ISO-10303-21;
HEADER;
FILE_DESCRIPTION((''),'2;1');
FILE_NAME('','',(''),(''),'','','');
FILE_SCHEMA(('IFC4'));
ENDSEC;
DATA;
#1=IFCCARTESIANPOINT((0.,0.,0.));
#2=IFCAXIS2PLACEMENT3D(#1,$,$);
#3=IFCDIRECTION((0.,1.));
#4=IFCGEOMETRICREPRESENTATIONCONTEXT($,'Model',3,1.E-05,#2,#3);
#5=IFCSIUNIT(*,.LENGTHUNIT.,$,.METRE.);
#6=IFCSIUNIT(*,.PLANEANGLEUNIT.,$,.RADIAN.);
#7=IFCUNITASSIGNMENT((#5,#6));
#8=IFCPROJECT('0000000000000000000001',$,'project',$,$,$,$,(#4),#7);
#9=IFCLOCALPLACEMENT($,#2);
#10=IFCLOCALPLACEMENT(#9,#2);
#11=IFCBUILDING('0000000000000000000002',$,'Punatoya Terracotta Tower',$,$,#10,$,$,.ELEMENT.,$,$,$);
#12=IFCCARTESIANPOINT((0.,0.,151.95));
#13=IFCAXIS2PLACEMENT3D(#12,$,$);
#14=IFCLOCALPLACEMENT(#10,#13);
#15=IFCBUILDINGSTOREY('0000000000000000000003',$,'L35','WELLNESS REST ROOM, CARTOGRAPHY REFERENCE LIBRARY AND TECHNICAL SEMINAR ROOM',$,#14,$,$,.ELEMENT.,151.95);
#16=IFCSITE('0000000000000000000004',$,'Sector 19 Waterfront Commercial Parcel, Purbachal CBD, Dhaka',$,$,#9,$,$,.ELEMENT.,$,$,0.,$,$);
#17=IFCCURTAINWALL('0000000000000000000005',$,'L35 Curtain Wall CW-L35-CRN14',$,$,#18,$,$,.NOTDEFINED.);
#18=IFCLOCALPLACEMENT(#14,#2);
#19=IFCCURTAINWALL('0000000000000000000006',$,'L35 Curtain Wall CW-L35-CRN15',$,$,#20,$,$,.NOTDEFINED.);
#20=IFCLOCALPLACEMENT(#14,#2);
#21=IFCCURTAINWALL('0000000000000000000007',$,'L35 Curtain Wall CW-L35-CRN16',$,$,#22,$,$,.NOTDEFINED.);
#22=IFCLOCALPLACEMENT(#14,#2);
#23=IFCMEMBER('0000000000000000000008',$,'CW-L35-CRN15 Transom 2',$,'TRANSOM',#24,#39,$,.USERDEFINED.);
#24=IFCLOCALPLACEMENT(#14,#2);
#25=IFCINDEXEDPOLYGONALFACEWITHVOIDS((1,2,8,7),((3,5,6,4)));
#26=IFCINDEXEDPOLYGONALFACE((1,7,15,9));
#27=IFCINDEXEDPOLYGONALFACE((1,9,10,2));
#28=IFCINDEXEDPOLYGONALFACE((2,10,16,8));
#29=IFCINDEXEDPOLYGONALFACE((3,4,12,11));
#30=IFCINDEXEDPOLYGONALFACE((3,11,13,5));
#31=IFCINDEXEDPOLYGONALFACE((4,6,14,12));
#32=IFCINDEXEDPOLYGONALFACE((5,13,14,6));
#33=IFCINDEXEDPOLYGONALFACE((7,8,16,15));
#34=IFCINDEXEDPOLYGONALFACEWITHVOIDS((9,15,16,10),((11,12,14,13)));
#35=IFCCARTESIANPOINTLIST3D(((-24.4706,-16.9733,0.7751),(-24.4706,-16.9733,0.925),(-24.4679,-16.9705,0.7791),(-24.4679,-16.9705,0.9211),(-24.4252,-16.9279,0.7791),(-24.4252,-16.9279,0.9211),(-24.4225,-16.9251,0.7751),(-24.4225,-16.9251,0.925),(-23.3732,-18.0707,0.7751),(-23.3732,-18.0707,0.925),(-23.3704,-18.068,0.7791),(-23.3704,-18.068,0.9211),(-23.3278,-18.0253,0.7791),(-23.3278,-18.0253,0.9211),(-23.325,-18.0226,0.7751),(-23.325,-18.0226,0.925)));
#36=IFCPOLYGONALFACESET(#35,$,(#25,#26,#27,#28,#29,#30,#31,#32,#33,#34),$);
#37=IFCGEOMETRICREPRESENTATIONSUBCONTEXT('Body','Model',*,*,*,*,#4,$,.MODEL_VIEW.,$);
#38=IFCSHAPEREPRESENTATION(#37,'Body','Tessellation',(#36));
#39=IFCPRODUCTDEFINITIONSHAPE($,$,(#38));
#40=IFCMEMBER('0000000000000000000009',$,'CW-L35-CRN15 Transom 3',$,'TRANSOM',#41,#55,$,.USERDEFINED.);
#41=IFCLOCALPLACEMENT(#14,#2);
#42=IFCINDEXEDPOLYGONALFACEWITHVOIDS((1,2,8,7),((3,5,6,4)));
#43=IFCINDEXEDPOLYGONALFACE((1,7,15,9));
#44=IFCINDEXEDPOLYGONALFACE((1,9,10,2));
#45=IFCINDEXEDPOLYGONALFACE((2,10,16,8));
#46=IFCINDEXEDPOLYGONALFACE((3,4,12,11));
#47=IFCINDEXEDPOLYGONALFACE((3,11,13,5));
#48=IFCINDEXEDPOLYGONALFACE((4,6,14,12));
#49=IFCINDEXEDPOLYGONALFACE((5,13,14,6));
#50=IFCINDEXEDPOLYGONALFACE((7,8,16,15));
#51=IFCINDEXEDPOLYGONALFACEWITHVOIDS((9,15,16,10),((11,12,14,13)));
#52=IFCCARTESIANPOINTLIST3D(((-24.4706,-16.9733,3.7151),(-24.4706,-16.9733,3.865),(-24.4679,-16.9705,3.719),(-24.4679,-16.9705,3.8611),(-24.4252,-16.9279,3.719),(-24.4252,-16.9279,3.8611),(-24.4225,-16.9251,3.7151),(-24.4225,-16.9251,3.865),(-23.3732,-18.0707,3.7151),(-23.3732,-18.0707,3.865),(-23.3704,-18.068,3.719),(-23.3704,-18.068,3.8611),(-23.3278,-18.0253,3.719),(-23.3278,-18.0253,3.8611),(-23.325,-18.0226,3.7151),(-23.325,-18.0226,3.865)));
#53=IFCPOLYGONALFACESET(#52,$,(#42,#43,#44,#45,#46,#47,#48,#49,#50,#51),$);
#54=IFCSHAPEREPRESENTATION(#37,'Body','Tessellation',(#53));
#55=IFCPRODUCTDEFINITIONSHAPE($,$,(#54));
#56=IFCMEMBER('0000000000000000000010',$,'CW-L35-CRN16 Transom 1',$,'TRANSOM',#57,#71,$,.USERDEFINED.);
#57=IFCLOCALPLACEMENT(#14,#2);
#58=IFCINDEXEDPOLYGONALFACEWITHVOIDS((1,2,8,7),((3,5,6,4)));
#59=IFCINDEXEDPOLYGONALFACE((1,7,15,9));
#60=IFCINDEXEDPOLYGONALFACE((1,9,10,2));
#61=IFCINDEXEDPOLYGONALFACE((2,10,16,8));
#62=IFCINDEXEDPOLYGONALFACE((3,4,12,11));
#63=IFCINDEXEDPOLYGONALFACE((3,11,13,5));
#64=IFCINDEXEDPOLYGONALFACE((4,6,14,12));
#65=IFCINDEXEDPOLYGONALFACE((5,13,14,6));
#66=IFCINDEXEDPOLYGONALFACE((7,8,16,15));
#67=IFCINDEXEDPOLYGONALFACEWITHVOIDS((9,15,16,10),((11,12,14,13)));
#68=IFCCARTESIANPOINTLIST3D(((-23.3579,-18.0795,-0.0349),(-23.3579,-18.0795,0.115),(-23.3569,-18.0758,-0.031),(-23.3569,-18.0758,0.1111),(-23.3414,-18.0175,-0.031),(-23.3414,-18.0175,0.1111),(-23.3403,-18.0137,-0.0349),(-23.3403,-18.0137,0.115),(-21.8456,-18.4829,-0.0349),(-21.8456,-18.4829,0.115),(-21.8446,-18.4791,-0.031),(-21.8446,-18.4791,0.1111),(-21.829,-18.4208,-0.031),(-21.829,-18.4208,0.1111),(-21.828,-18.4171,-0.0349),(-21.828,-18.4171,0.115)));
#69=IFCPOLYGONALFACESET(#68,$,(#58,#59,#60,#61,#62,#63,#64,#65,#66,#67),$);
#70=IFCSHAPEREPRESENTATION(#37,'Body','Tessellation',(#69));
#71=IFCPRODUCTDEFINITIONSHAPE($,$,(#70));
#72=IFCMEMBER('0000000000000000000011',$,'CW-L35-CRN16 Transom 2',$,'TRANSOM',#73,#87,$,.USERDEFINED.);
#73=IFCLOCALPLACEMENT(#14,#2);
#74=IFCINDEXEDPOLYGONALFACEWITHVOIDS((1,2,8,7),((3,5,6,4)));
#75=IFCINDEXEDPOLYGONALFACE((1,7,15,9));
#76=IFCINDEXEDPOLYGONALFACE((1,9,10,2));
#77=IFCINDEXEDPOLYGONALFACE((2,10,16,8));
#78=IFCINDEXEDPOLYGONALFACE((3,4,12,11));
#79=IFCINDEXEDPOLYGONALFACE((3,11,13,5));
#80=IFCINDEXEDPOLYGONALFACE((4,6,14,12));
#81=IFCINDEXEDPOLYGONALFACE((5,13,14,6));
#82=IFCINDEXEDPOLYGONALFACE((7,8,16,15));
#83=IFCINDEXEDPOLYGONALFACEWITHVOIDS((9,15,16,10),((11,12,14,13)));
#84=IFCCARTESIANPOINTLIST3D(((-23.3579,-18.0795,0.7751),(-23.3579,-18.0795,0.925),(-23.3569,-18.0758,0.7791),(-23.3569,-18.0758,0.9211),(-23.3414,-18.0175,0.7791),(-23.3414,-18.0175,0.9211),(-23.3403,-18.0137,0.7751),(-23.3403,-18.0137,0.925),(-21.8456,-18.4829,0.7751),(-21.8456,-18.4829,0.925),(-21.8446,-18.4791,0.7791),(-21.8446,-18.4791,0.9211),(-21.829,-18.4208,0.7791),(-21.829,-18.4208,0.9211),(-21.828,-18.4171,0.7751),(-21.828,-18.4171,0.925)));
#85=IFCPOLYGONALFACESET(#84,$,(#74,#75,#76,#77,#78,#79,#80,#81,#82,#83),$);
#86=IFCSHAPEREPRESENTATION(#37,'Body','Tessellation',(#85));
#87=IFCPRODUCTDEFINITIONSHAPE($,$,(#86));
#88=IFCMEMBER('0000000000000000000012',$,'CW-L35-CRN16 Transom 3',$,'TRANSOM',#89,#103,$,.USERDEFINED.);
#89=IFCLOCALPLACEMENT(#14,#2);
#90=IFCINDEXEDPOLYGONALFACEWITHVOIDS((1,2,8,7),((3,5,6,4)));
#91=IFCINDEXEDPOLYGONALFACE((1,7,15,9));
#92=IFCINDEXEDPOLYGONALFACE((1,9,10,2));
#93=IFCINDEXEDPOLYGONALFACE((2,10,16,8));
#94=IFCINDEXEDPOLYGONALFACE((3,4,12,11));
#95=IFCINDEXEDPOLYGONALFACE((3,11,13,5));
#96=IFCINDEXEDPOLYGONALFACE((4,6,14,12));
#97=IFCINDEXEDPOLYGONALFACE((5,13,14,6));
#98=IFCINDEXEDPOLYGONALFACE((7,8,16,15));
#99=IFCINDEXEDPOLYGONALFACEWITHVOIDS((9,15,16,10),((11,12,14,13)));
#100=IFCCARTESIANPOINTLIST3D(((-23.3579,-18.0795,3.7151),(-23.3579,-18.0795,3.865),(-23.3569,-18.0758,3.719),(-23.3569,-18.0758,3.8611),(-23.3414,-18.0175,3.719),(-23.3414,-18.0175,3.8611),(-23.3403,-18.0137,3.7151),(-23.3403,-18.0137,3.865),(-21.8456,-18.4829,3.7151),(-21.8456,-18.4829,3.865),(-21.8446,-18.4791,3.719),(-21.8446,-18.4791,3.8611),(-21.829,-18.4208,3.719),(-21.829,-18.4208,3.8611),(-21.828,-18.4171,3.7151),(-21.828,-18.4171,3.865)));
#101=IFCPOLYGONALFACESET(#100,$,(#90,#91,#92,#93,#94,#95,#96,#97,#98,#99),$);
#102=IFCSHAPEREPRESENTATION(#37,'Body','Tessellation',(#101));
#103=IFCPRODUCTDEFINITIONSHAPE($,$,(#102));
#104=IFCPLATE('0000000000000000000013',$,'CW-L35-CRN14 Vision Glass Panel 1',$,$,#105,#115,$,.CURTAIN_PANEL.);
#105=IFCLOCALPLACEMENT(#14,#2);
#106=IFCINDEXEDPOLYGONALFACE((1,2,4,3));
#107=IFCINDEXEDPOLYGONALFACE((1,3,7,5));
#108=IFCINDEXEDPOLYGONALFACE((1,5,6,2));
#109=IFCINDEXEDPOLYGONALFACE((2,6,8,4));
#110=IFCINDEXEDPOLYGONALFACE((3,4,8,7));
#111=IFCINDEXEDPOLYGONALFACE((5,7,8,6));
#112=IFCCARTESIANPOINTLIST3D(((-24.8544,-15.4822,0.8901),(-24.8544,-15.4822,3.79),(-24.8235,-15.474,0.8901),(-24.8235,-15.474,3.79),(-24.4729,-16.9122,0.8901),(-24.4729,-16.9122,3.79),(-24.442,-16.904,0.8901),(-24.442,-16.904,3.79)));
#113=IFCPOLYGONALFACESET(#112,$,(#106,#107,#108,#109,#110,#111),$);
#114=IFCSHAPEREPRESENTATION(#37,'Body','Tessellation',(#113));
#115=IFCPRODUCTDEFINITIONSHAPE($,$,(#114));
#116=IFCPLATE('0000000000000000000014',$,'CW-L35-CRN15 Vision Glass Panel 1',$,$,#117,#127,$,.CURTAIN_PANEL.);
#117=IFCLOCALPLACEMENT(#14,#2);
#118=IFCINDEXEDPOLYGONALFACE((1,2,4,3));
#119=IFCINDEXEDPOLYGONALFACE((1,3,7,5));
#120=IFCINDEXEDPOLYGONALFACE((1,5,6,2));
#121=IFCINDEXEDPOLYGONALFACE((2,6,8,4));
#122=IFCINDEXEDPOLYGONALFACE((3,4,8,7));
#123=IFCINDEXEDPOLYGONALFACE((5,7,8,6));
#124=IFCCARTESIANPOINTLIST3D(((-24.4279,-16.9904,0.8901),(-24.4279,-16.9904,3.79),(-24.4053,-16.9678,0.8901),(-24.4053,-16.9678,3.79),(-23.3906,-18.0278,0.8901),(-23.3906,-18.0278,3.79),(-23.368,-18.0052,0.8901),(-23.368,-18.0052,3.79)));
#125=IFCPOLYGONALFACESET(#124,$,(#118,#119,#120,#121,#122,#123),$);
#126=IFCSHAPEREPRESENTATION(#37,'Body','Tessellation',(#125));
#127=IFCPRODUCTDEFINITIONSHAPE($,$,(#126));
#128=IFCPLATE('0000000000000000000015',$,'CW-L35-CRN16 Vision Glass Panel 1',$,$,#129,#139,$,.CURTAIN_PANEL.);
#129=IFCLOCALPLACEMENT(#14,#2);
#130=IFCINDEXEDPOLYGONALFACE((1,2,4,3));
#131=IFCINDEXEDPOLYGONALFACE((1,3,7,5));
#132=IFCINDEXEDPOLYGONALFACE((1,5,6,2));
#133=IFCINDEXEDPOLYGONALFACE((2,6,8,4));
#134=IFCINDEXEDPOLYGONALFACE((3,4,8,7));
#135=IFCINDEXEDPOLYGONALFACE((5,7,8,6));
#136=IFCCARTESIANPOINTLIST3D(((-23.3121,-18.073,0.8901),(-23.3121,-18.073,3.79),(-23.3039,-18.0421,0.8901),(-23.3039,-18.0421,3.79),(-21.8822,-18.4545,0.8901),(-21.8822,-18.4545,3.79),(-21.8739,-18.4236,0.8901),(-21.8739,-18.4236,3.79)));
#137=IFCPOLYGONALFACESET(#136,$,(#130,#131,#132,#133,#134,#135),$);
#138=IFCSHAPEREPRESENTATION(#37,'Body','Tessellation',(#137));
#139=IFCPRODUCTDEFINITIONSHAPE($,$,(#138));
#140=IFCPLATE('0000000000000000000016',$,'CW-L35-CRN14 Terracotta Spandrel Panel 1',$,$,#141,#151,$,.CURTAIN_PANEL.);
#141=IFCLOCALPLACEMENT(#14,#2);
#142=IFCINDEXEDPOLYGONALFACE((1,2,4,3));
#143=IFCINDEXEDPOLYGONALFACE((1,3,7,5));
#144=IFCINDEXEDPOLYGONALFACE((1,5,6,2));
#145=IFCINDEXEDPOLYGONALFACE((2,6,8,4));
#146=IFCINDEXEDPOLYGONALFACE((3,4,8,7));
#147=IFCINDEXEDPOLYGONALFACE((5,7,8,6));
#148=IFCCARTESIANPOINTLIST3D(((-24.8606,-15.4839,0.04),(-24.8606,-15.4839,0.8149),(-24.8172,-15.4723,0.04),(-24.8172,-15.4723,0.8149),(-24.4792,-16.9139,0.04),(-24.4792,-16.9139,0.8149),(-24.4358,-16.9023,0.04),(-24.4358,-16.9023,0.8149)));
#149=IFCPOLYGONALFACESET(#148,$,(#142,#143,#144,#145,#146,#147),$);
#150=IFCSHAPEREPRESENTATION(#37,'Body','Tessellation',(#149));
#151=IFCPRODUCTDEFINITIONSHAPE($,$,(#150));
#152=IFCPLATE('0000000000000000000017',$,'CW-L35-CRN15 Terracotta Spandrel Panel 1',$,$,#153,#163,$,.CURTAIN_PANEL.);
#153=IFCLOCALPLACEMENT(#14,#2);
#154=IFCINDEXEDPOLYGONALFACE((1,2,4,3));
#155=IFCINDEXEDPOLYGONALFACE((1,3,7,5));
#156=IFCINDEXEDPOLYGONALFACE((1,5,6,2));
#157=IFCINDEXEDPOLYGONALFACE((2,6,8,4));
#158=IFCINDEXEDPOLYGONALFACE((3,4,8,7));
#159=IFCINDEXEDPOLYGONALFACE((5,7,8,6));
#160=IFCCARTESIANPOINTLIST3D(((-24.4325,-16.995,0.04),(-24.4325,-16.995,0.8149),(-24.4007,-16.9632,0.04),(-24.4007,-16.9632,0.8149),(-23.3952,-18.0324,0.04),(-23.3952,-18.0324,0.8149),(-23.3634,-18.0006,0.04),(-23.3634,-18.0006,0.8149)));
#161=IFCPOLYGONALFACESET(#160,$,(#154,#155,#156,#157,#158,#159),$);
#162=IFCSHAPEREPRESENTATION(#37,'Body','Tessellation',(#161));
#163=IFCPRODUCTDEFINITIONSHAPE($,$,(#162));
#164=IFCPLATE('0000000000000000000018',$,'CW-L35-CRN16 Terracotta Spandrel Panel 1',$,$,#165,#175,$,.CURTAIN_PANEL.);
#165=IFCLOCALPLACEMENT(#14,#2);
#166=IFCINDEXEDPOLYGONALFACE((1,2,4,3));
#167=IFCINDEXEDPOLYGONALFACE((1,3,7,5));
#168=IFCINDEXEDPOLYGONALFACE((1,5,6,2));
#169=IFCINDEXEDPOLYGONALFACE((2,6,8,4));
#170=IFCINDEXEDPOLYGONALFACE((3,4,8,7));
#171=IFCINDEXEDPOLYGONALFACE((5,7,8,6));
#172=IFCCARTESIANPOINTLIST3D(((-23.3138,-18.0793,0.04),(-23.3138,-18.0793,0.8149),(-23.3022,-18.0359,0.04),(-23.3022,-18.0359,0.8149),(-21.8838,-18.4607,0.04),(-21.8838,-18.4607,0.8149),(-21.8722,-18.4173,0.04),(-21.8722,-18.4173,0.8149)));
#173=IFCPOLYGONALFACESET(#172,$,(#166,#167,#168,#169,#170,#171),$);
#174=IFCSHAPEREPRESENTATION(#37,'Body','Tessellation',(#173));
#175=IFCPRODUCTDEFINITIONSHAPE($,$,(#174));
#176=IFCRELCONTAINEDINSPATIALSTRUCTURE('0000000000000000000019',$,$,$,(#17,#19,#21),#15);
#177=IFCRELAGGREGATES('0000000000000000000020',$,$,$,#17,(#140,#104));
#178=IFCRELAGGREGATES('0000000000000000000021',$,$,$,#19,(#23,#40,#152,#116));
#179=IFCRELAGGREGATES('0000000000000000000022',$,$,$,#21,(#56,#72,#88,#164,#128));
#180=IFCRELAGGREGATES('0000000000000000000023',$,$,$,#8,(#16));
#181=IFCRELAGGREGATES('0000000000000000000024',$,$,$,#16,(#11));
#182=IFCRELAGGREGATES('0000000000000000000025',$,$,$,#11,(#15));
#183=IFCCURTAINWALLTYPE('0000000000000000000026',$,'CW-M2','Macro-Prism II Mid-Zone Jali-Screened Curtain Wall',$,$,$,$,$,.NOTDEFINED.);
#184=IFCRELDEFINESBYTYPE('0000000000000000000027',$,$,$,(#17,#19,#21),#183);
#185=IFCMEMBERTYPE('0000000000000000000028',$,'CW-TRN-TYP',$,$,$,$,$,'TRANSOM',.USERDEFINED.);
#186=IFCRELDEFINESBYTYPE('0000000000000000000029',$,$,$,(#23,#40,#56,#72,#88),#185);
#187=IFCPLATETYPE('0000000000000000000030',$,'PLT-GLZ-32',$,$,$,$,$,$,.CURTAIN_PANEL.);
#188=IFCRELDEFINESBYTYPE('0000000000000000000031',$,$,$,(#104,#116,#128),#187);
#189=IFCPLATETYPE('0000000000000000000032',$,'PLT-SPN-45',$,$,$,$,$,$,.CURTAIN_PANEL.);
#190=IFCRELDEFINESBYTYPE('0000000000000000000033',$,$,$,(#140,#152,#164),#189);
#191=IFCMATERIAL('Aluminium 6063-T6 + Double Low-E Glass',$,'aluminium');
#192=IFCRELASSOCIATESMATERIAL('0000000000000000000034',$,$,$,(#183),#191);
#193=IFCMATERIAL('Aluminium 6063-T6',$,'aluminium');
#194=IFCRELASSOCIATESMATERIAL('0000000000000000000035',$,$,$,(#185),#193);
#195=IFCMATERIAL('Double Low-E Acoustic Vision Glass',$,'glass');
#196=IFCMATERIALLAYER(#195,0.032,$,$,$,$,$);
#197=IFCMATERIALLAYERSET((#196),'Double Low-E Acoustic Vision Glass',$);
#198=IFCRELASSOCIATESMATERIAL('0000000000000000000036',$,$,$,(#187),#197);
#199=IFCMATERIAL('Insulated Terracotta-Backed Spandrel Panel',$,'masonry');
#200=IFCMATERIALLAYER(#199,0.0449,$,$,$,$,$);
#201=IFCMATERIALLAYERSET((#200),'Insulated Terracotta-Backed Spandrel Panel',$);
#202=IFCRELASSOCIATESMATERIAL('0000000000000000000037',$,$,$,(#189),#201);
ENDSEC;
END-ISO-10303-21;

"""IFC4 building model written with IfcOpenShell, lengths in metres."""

from ifc_helpers import new_model, si_unit, direction, frame, origin, origin_2d, place, context, subcontext, project, spatial, rectangle, hollow_rectangle, extrude, material, layer, layer_set, material_profile, profile_set, type_object, element, aggregate, save


model = new_model("IFC4")

# Units and contexts
model_context = context("Model", 3, precision=1e-05, world=origin(), true_north=direction((0.0, 1.0)))
body_context = subcontext(model_context, "Body", "Model", "MODEL_VIEW")
ifc_project = project(units=[si_unit("LENGTHUNIT", "METRE"), si_unit("PLANEANGLEUNIT", "RADIAN")], contexts=[model_context])

# Site, building, storey
site_placement = place(None, origin())
site = spatial("IfcSite", under=ifc_project, at=site_placement, Name="Sector 19 Waterfront Commercial Parcel, Purbachal CBD, Dhaka", CompositionType="ELEMENT", RefElevation=0.0)
building_placement = place(site_placement, origin())
building = spatial("IfcBuilding", under=site, at=building_placement, Name="Punatoya Terracotta Tower", CompositionType="ELEMENT")
storey_placement = place(building_placement, frame((0.0, 0.0, 151.95)))
storey = spatial("IfcBuildingStorey", under=building, at=storey_placement, Name="L35", Description="WELLNESS REST ROOM, CARTOGRAPHY REFERENCE LIBRARY AND TECHNICAL SEMINAR ROOM", CompositionType="ELEMENT", Elevation=151.95)

# Shared definitions
ifc_material_1 = material(Name="Aluminium 6063-T6 + Double Low-E Glass", Category="aluminium")
curtain_wall_type = type_object("IfcCurtainWallType", Name="CW-M2", Description="Macro-Prism II Mid-Zone Jali-Screened Curtain Wall", PredefinedType="NOTDEFINED", material=ifc_material_1)
ifc_material_2 = material(Name="Aluminium 6063-T6", Category="aluminium")

# Curtain walls
curtain_wall_1_placement = place(storey_placement, origin())
curtain_wall_1 = element("IfcCurtainWall", 1, at=curtain_wall_1_placement, inside=storey, type_object=curtain_wall_type, Name="L35 Curtain Wall CW-L35-CRN14", PredefinedType="NOTDEFINED")
curtain_wall_2_placement = place(storey_placement, origin())
curtain_wall_2 = element("IfcCurtainWall", 2, at=curtain_wall_2_placement, inside=storey, type_object=curtain_wall_type, Name="L35 Curtain Wall CW-L35-CRN15", PredefinedType="NOTDEFINED")
curtain_wall_3_placement = place(storey_placement, origin())
curtain_wall_3 = element("IfcCurtainWall", 3, at=curtain_wall_3_placement, inside=storey, type_object=curtain_wall_type, Name="L35 Curtain Wall CW-L35-CRN16", PredefinedType="NOTDEFINED")

# Members
ifc_material_profile_1 = material_profile(ifc_material_2, hollow_rectangle(XDim=0.0681, YDim=0.1499, WallThickness=0.0039, at=origin_2d()))
ifc_profile_set_1 = profile_set([ifc_material_profile_1], Name="Aluminium 6063-T6")
member_type_1 = type_object("IfcMemberType", Name="CW-TRN-TYP", ElementType="TRANSOM", PredefinedType="USERDEFINED", material=ifc_profile_set_1)
member_1_placement = place(storey_placement, frame((-24.4465, -16.9492, 0.8501), z_axis=(0.707107, -0.707107, 0.0), x_axis=(0.707107, 0.707107, 0.0)))
member_1 = element("IfcMember", 4, at=member_1_placement, type_object=member_type_1, Name="CW-L35-CRN15 Transom 2", ObjectType="TRANSOM", PredefinedType="USERDEFINED", context=body_context, shape_type="SweptSolid", body=[
    extrude(hollow_rectangle(XDim=0.0681, YDim=0.1499, WallThickness=0.0039, at=origin_2d()), origin(), (0.0, 0.0, 1.0), 1.552),
])
member_2_placement = place(storey_placement, frame((-24.4465, -16.9492, 3.79), z_axis=(0.707107, -0.707107, 0.0), x_axis=(0.707107, 0.707107, 0.0)))
member_2 = element("IfcMember", 5, at=member_2_placement, type_object=member_type_1, Name="CW-L35-CRN15 Transom 3", ObjectType="TRANSOM", PredefinedType="USERDEFINED", context=body_context, shape_type="SweptSolid", body=[
    extrude(hollow_rectangle(XDim=0.0681, YDim=0.1499, WallThickness=0.0039, at=origin_2d()), origin(), (0.0, 0.0, 1.0), 1.552),
])
member_3_placement = place(storey_placement, frame((-23.3491, -18.0466, 0.04), z_axis=(0.966225, -0.257701, 0.0), x_axis=(0.257701, 0.966225, 0.0)))
member_3 = element("IfcMember", 6, at=member_3_placement, type_object=member_type_1, Name="CW-L35-CRN16 Transom 1", ObjectType="TRANSOM", PredefinedType="USERDEFINED", context=body_context, shape_type="SweptSolid", body=[
    extrude(hollow_rectangle(XDim=0.0681, YDim=0.1499, WallThickness=0.0039, at=origin_2d()), origin(), (0.0, 0.0, 1.0), 1.5652),
])
member_4_placement = place(storey_placement, frame((-23.3491, -18.0466, 0.8501), z_axis=(0.966225, -0.257701, 0.0), x_axis=(0.257701, 0.966225, 0.0)))
member_4 = element("IfcMember", 7, at=member_4_placement, type_object=member_type_1, Name="CW-L35-CRN16 Transom 2", ObjectType="TRANSOM", PredefinedType="USERDEFINED", context=body_context, shape_type="SweptSolid", body=[
    extrude(hollow_rectangle(XDim=0.0681, YDim=0.1499, WallThickness=0.0039, at=origin_2d()), origin(), (0.0, 0.0, 1.0), 1.5652),
])
member_5_placement = place(storey_placement, frame((-23.3491, -18.0466, 3.79), z_axis=(0.966225, -0.257701, 0.0), x_axis=(0.257701, 0.966225, 0.0)))
member_5 = element("IfcMember", 8, at=member_5_placement, type_object=member_type_1, Name="CW-L35-CRN16 Transom 3", ObjectType="TRANSOM", PredefinedType="USERDEFINED", context=body_context, shape_type="SweptSolid", body=[
    extrude(hollow_rectangle(XDim=0.0681, YDim=0.1499, WallThickness=0.0039, at=origin_2d()), origin(), (0.0, 0.0, 1.0), 1.5652),
])

# Plates
ifc_material_3 = material(Name="Double Low-E Acoustic Vision Glass", Category="glass")
ifc_layer_1 = layer(ifc_material_3, 0.032)
ifc_layer_set_1 = layer_set([ifc_layer_1], Name="Double Low-E Acoustic Vision Glass")
plate_type_1 = type_object("IfcPlateType", Name="PLT-GLZ-32", PredefinedType="CURTAIN_PANEL", material=ifc_layer_set_1)
plate_1_placement = place(storey_placement, frame((-24.6482, -16.1931, 0.8901), z_axis=(0.0, 0.0, 1.0), x_axis=(0.257742, -0.966214, 0.0)))
plate_1 = element("IfcPlate", 9, at=plate_1_placement, type_object=plate_type_1, Name="CW-L35-CRN14 Vision Glass Panel 1", PredefinedType="CURTAIN_PANEL", context=body_context, shape_type="SweptSolid", body=[
    extrude(rectangle(XDim=1.48, YDim=0.032, at=origin_2d()), origin(), (0.0, 0.0, 1.0), 2.8999),
])
plate_2_placement = place(storey_placement, frame((-23.8979, -17.4978, 0.8901), z_axis=(0.0, 0.0, 1.0), x_axis=(0.707107, -0.707107, 0.0)))
plate_2 = element("IfcPlate", 10, at=plate_2_placement, type_object=plate_type_1, Name="CW-L35-CRN15 Vision Glass Panel 1", PredefinedType="CURTAIN_PANEL", context=body_context, shape_type="SweptSolid", body=[
    extrude(rectangle(XDim=1.467, YDim=0.032, at=origin_2d()), origin(), (0.0, 0.0, 1.0), 2.8999),
])
plate_3_placement = place(storey_placement, frame((-22.593, -18.2483, 0.8901), z_axis=(0.0, 0.0, 1.0), x_axis=(0.966214, -0.257742, 0.0)))
plate_3 = element("IfcPlate", 11, at=plate_3_placement, type_object=plate_type_1, Name="CW-L35-CRN16 Vision Glass Panel 1", PredefinedType="CURTAIN_PANEL", context=body_context, shape_type="SweptSolid", body=[
    extrude(rectangle(XDim=1.48, YDim=0.032, at=origin_2d()), origin(), (0.0, 0.0, 1.0), 2.8999),
])
ifc_material_4 = material(Name="Insulated Terracotta-Backed Spandrel Panel", Category="masonry")
ifc_layer_2 = layer(ifc_material_4, 0.0449)
ifc_layer_set_2 = layer_set([ifc_layer_2], Name="Insulated Terracotta-Backed Spandrel Panel")
plate_type_2 = type_object("IfcPlateType", Name="PLT-SPN-45", PredefinedType="CURTAIN_PANEL", material=ifc_layer_set_2)
plate_4_placement = place(storey_placement, frame((-24.6482, -16.1931, 0.04), z_axis=(0.0, 0.0, 1.0), x_axis=(0.257742, -0.966214, 0.0)))
plate_4 = element("IfcPlate", 12, at=plate_4_placement, type_object=plate_type_2, Name="CW-L35-CRN14 Terracotta Spandrel Panel 1", PredefinedType="CURTAIN_PANEL", context=body_context, shape_type="SweptSolid", body=[
    extrude(rectangle(XDim=1.48, YDim=0.0449, at=origin_2d()), origin(), (0.0, 0.0, 1.0), 0.7749),
])
aggregate(curtain_wall_1, [plate_4, plate_1])
plate_5_placement = place(storey_placement, frame((-23.8979, -17.4978, 0.04), z_axis=(0.0, 0.0, 1.0), x_axis=(0.707107, -0.707107, 0.0)))
plate_5 = element("IfcPlate", 13, at=plate_5_placement, type_object=plate_type_2, Name="CW-L35-CRN15 Terracotta Spandrel Panel 1", PredefinedType="CURTAIN_PANEL", context=body_context, shape_type="SweptSolid", body=[
    extrude(rectangle(XDim=1.467, YDim=0.0449, at=origin_2d()), origin(), (0.0, 0.0, 1.0), 0.7749),
])
aggregate(curtain_wall_2, [member_1, member_2, plate_5, plate_2])
plate_6_placement = place(storey_placement, frame((-22.593, -18.2483, 0.04), z_axis=(0.0, 0.0, 1.0), x_axis=(0.966214, -0.257742, 0.0)))
plate_6 = element("IfcPlate", 14, at=plate_6_placement, type_object=plate_type_2, Name="CW-L35-CRN16 Terracotta Spandrel Panel 1", PredefinedType="CURTAIN_PANEL", context=body_context, shape_type="SweptSolid", body=[
    extrude(rectangle(XDim=1.48, YDim=0.0449, at=origin_2d()), origin(), (0.0, 0.0, 1.0), 0.7749),
])
aggregate(curtain_wall_3, [member_3, member_4, member_5, plate_6, plate_3])

save(model, "model.ifc")
